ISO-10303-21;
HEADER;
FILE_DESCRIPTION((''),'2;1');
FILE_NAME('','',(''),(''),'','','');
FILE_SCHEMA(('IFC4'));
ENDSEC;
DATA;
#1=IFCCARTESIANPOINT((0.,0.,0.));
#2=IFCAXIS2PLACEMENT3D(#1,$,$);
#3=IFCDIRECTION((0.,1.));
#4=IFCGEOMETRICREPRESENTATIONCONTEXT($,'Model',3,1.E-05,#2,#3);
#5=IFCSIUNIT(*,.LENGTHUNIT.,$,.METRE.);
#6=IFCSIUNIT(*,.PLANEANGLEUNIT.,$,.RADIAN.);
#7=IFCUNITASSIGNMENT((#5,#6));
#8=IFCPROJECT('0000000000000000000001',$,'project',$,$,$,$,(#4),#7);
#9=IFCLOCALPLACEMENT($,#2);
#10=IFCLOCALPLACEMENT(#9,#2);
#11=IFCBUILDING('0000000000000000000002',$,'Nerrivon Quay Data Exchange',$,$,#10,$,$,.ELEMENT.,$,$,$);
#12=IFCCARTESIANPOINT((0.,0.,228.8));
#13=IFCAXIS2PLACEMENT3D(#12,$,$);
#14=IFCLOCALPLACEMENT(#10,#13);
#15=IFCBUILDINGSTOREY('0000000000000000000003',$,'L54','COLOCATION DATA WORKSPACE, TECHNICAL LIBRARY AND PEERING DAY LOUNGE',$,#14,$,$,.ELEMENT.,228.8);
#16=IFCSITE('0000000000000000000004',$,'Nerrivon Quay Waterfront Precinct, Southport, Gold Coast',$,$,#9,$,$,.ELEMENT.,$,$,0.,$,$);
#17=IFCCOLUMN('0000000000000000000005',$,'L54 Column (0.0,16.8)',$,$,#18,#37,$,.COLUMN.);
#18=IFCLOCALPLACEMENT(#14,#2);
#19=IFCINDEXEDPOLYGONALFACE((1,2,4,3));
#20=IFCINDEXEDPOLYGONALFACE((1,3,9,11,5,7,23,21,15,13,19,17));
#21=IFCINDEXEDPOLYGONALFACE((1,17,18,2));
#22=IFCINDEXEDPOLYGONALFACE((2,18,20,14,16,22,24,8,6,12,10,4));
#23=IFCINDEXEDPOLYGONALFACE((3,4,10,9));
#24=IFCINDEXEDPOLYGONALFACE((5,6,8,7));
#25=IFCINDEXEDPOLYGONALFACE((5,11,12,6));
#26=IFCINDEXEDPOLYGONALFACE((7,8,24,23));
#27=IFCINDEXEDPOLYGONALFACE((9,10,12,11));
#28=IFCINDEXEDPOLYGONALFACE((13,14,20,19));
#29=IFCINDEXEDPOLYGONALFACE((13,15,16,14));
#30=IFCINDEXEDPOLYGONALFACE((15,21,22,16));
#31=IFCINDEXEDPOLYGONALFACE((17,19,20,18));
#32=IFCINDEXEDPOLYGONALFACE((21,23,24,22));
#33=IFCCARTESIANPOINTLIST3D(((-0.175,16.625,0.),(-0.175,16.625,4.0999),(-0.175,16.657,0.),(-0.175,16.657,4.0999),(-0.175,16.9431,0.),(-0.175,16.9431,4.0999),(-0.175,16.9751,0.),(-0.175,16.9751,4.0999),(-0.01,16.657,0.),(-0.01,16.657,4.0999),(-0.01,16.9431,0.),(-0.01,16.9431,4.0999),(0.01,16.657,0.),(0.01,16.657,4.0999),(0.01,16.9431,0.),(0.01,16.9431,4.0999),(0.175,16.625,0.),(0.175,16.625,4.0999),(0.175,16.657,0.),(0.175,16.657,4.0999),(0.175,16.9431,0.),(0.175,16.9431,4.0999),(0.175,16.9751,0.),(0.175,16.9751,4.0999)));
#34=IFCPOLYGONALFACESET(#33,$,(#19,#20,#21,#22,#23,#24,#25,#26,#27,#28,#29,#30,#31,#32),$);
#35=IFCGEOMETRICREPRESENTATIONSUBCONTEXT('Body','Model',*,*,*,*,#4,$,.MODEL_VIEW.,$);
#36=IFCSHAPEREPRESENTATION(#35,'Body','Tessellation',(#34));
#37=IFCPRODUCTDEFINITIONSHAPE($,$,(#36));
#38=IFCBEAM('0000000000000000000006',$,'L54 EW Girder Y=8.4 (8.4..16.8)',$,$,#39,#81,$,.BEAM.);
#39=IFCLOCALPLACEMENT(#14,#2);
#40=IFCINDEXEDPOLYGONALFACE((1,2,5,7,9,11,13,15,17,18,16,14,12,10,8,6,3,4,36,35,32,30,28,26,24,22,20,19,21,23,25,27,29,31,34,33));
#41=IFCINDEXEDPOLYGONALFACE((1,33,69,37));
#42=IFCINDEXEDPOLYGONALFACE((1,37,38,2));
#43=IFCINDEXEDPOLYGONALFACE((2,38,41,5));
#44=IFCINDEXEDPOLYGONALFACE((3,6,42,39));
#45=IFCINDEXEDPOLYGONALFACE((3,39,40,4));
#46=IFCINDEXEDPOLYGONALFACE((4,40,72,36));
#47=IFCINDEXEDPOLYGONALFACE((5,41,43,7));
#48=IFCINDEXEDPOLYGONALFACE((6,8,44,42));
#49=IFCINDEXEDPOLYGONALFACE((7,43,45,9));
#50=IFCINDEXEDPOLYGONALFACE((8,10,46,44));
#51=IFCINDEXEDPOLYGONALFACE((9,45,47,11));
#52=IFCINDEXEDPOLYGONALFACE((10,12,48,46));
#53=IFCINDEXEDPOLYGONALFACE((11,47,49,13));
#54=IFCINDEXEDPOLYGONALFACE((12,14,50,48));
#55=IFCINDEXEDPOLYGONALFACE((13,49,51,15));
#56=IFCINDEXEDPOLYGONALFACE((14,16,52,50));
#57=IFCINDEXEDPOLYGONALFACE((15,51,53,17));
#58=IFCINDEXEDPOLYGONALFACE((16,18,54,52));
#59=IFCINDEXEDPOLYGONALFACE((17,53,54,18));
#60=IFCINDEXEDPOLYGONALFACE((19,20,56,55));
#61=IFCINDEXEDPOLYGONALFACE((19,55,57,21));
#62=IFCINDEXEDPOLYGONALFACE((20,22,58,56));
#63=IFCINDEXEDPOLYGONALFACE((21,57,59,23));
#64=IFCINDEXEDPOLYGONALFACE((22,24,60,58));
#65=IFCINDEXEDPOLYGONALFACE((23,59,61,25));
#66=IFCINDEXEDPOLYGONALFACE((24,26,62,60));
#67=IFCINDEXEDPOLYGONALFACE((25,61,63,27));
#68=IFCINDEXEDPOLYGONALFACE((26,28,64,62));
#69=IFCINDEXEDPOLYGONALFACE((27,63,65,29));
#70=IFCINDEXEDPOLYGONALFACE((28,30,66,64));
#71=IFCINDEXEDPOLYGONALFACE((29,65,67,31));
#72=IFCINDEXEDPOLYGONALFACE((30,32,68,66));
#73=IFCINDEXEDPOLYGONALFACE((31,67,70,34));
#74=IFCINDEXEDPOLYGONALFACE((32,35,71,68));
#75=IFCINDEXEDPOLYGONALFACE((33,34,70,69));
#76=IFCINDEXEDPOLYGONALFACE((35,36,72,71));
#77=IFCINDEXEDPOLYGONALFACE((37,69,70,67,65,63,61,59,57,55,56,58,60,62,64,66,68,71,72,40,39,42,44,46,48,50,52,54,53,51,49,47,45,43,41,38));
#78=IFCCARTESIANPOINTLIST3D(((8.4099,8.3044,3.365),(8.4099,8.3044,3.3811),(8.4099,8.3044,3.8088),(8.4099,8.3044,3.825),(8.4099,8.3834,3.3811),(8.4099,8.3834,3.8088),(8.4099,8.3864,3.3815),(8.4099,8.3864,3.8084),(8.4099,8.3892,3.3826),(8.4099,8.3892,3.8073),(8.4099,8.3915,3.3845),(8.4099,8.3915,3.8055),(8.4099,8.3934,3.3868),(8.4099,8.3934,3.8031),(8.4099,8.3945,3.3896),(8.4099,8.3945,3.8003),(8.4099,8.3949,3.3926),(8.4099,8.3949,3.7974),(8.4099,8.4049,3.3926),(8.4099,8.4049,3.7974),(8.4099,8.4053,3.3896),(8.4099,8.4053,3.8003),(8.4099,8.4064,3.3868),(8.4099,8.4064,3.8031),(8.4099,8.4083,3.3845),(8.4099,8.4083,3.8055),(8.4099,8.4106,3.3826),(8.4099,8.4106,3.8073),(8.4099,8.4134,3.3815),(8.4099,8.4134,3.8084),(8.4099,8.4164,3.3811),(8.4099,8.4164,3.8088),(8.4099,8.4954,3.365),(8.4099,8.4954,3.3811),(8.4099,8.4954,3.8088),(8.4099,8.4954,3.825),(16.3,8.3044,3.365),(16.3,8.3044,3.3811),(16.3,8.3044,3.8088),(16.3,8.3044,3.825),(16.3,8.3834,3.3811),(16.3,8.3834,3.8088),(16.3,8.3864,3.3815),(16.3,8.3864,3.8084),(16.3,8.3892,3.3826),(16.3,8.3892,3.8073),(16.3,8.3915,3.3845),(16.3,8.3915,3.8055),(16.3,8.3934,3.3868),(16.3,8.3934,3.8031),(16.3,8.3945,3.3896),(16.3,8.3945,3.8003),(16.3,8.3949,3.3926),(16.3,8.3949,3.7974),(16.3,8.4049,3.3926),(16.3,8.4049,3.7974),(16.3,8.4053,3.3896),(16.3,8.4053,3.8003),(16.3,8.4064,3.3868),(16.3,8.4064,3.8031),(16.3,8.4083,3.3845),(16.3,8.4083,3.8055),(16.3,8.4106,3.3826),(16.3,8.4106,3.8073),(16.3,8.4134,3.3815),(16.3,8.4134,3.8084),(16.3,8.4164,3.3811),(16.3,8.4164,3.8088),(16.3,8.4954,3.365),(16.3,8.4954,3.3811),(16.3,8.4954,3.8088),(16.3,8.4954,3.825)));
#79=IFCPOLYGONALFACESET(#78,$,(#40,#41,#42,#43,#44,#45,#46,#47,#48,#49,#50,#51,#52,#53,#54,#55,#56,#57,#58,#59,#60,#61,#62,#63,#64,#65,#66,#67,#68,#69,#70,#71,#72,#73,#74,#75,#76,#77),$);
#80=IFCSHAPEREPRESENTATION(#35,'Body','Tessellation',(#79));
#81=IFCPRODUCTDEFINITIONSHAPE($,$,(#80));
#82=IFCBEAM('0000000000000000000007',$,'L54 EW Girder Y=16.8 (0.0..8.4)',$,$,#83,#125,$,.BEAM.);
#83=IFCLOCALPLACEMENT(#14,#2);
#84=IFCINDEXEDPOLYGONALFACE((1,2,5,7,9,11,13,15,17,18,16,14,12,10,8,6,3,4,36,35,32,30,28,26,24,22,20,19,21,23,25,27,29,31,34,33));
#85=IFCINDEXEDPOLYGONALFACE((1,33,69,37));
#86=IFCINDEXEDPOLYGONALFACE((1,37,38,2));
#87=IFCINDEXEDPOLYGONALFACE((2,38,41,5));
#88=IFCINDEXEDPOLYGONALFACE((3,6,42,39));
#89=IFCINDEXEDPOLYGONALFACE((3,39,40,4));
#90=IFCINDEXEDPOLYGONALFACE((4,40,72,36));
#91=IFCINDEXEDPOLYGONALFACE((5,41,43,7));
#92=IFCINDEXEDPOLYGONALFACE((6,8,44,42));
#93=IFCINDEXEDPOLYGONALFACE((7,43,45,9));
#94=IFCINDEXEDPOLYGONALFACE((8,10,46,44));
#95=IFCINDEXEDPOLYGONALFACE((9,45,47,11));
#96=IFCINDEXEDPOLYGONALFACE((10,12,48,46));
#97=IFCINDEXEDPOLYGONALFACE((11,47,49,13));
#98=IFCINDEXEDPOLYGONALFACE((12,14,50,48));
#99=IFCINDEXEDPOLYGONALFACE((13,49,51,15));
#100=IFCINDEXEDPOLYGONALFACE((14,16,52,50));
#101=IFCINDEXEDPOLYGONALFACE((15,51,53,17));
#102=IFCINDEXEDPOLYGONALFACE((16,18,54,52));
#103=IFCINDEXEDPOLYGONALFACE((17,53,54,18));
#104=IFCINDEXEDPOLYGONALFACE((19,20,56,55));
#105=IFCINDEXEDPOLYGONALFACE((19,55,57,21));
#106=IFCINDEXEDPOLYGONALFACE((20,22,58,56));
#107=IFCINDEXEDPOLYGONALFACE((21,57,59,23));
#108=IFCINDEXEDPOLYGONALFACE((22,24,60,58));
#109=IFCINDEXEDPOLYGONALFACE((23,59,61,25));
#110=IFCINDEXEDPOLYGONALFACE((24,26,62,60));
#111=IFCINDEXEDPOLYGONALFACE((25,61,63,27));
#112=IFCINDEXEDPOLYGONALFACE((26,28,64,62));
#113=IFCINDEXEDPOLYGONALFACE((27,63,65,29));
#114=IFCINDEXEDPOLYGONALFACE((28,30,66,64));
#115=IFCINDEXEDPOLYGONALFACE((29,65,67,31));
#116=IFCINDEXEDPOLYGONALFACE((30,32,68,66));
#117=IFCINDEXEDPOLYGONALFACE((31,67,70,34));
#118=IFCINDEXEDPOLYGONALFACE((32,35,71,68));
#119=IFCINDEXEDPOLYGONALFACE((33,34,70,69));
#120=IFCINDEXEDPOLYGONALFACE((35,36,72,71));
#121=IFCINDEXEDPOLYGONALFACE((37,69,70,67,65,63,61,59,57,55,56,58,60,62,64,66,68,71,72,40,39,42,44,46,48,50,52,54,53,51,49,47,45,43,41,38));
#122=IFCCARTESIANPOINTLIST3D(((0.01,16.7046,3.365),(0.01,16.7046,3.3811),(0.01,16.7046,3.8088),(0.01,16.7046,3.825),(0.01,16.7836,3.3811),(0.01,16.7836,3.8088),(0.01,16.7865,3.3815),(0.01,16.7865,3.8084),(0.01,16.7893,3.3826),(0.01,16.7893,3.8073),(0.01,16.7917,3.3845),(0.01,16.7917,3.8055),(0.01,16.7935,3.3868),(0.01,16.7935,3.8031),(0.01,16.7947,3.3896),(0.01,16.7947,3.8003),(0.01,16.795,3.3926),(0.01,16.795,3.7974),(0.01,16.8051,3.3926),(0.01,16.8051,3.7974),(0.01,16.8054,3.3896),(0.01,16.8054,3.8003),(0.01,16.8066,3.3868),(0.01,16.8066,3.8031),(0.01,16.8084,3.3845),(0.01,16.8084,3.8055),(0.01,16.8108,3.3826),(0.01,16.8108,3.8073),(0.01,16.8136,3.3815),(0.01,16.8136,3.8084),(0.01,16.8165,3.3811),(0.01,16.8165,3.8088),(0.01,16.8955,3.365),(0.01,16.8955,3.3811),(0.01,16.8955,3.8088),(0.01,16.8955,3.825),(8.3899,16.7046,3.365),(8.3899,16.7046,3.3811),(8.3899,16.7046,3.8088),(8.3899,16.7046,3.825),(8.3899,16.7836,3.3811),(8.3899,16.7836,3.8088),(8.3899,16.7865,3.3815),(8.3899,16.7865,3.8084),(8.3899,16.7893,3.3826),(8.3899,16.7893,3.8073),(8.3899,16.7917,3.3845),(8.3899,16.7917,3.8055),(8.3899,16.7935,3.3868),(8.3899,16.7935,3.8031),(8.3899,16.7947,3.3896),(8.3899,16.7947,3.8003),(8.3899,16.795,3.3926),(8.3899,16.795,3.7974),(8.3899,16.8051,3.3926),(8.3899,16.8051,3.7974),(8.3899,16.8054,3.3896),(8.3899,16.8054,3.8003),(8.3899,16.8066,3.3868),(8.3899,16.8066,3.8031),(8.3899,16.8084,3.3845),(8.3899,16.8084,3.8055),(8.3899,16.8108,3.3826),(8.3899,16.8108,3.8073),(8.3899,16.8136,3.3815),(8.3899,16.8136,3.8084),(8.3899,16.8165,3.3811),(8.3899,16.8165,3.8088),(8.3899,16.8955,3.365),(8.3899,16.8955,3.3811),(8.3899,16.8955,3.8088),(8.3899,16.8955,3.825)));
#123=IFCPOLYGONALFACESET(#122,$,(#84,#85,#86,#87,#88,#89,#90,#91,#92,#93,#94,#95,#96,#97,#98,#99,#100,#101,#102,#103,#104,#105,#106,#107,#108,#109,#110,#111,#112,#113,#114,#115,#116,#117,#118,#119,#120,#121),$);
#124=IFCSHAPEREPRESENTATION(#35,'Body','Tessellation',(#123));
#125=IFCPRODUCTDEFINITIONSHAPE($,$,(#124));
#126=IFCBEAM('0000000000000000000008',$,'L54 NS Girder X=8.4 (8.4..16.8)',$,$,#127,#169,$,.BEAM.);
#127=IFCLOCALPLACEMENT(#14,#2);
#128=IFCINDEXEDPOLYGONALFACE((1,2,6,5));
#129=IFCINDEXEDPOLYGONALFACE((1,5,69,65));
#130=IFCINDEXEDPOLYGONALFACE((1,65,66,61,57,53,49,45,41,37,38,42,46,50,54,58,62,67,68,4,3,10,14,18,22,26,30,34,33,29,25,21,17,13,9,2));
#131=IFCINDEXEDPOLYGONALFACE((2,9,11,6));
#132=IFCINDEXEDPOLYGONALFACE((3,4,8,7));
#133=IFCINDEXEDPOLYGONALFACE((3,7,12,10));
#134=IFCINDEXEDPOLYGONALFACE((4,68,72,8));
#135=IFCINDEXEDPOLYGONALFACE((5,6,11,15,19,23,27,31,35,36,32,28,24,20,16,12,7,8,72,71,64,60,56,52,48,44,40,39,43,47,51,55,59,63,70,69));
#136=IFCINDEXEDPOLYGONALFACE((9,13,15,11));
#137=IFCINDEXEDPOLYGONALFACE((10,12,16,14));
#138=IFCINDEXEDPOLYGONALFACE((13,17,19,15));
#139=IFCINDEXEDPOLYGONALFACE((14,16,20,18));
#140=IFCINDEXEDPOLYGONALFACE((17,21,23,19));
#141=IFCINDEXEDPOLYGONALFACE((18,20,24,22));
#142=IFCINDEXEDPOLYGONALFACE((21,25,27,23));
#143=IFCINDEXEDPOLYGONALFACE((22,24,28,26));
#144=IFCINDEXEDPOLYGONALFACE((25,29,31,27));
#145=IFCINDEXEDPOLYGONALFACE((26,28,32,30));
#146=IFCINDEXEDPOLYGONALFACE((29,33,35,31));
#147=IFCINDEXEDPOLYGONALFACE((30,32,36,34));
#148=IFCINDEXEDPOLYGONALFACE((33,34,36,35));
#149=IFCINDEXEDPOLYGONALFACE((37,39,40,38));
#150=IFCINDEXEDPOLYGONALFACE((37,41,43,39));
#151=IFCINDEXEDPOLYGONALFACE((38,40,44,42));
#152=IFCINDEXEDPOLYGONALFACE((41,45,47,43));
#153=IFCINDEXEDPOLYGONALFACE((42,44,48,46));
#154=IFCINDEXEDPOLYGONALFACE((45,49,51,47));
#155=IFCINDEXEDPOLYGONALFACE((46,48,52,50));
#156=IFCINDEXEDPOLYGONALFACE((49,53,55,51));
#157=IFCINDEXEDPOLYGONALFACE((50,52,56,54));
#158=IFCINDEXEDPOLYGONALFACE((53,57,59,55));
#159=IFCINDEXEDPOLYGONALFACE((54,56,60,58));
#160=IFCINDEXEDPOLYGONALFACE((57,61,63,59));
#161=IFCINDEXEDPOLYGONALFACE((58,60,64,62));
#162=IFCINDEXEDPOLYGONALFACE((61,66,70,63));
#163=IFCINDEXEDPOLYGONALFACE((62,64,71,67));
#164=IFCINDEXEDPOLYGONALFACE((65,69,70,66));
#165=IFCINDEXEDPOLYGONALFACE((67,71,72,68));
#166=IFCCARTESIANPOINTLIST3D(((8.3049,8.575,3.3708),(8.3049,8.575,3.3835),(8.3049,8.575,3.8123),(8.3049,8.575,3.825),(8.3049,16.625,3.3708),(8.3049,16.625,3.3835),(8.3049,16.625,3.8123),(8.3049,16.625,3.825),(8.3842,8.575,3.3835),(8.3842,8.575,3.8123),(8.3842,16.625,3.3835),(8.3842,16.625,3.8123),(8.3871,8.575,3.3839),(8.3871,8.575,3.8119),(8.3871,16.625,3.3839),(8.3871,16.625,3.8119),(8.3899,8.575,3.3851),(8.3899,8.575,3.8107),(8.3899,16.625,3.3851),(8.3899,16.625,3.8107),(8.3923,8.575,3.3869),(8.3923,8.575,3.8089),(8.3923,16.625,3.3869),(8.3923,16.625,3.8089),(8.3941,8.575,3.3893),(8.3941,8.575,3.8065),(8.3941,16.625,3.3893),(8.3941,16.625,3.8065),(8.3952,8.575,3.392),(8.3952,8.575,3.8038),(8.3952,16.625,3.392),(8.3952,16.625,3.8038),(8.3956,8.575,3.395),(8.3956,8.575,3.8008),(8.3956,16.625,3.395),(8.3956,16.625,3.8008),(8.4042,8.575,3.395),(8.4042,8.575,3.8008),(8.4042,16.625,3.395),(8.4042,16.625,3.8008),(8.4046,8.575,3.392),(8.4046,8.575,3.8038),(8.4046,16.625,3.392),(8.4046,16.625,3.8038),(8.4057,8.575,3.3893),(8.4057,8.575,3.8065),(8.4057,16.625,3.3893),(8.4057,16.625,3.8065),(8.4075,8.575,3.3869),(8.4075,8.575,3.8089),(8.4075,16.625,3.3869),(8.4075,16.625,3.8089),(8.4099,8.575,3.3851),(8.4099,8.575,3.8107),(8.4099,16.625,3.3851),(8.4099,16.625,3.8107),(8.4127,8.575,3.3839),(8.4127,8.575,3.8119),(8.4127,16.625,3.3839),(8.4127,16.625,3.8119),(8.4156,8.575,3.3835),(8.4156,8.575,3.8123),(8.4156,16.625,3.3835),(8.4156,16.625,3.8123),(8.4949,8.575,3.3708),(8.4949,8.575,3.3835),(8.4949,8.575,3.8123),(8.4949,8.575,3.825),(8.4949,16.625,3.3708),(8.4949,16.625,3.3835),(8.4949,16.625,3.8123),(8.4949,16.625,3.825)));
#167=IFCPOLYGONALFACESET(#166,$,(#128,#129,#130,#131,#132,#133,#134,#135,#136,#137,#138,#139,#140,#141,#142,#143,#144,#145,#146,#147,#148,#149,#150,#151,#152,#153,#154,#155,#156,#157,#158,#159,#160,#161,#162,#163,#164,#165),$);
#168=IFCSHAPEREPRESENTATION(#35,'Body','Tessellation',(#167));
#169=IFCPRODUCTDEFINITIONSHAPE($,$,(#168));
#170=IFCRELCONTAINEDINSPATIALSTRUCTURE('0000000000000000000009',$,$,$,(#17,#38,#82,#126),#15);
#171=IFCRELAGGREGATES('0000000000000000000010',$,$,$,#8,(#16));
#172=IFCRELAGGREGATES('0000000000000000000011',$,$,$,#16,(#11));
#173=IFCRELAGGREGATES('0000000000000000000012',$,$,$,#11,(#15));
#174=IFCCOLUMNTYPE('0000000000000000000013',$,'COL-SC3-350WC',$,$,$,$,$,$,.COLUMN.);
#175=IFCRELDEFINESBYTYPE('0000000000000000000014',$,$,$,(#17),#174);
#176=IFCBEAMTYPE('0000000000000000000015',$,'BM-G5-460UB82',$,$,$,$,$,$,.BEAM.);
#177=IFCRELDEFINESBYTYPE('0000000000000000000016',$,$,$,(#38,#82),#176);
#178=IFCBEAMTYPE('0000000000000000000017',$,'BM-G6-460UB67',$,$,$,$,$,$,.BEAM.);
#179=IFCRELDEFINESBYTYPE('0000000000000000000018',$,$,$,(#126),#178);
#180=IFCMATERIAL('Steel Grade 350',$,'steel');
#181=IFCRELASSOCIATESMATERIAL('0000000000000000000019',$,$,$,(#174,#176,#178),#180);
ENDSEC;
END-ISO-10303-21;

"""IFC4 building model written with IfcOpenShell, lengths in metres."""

from ifc_helpers import new_model, si_unit, direction, frame, origin, origin_2d, place, context, subcontext, project, spatial, i_section, extrude, material, material_profile, profile_set, type_object, element, save


model = new_model("IFC4")

# Units and contexts
model_context = context("Model", 3, precision=1e-05, world=origin(), true_north=direction((0.0, 1.0)))
body_context = subcontext(model_context, "Body", "Model", "MODEL_VIEW")
ifc_project = project(units=[si_unit("LENGTHUNIT", "METRE"), si_unit("PLANEANGLEUNIT", "RADIAN")], contexts=[model_context])

# Site, building, storey
site_placement = place(None, origin())
site = spatial("IfcSite", under=ifc_project, at=site_placement, Name="Nerrivon Quay Waterfront Precinct, Southport, Gold Coast", CompositionType="ELEMENT", RefElevation=0.0)
building_placement = place(site_placement, origin())
building = spatial("IfcBuilding", under=site, at=building_placement, Name="Nerrivon Quay Data Exchange", CompositionType="ELEMENT")
storey_placement = place(building_placement, frame((0.0, 0.0, 228.8)))
storey = spatial("IfcBuildingStorey", under=building, at=storey_placement, Name="L54", Description="COLOCATION DATA WORKSPACE, TECHNICAL LIBRARY AND PEERING DAY LOUNGE", CompositionType="ELEMENT", Elevation=228.8)

# Column
ifc_material_1 = material(Name="Steel Grade 350", Category="steel")
ifc_material_profile_1 = material_profile(ifc_material_1, i_section(OverallWidth=0.3501, OverallDepth=0.3501, WebThickness=0.02, FlangeThickness=0.032, at=origin_2d()), Name="350WC230")
ifc_profile_set_1 = profile_set([ifc_material_profile_1], Name="Steel Grade 350")
column_type = type_object("IfcColumnType", Name="COL-SC3-350WC", PredefinedType="COLUMN", material=ifc_profile_set_1)
column_placement = place(storey_placement, frame((0.0, 16.8, 0.0), z_axis=(0.0, 0.0, 1.0), x_axis=(1.0, 0.0, 0.0)))
element("IfcColumn", 1, at=column_placement, inside=storey, type_object=column_type, Name="L54 Column (0.0,16.8)", PredefinedType="COLUMN", context=body_context, shape_type="SweptSolid", body=[
    extrude(i_section(OverallWidth=0.3501, OverallDepth=0.3501, WebThickness=0.02, FlangeThickness=0.032, at=origin_2d()), origin(), (0.0, 0.0, 1.0), 4.0999),
])

# Beams
ifc_material_profile_2 = material_profile(ifc_material_1, i_section(OverallWidth=0.1909, OverallDepth=0.46, WebThickness=0.01, FlangeThickness=0.0161, FilletRadius=0.0115, at=origin_2d()), Name="460UB82.1")
ifc_profile_set_2 = profile_set([ifc_material_profile_2], Name="Steel Grade 350")
beam_type_1 = type_object("IfcBeamType", Name="BM-G5-460UB82", PredefinedType="BEAM", material=ifc_profile_set_2)
beam_1_placement = place(storey_placement, frame((8.4099, 8.3999, 3.595), z_axis=(1.0, 0.0, 0.0), x_axis=(0.0, 1.0, 0.0)))
element("IfcBeam", 2, at=beam_1_placement, inside=storey, type_object=beam_type_1, Name="L54 EW Girder Y=8.4 (8.4..16.8)", PredefinedType="BEAM", context=body_context, shape_type="SweptSolid", body=[
    extrude(i_section(OverallWidth=0.1909, OverallDepth=0.46, WebThickness=0.01, FlangeThickness=0.0161, FilletRadius=0.0115, at=origin_2d()), origin(), (0.0, 0.0, 1.0), 7.8901),
])
beam_2_placement = place(storey_placement, frame((0.01, 16.8, 3.595), z_axis=(1.0, 0.0, 0.0), x_axis=(0.0, 1.0, 0.0)))
element("IfcBeam", 3, at=beam_2_placement, inside=storey, type_object=beam_type_1, Name="L54 EW Girder Y=16.8 (0.0..8.4)", PredefinedType="BEAM", context=body_context, shape_type="SweptSolid", body=[
    extrude(i_section(OverallWidth=0.1909, OverallDepth=0.46, WebThickness=0.01, FlangeThickness=0.0161, FilletRadius=0.0115, at=origin_2d()), origin(), (0.0, 0.0, 1.0), 8.3799),
])
ifc_material_profile_3 = material_profile(ifc_material_1, i_section(OverallWidth=0.1899, OverallDepth=0.4541, WebThickness=0.0085, FlangeThickness=0.0127, FilletRadius=0.0115, at=origin_2d()), Name="460UB67.1")
ifc_profile_set_3 = profile_set([ifc_material_profile_3], Name="Steel Grade 350")
beam_type_2 = type_object("IfcBeamType", Name="BM-G6-460UB67", PredefinedType="BEAM", material=ifc_profile_set_3)
beam_3_placement = place(storey_placement, frame((8.3999, 8.575, 3.5979), z_axis=(0.0, 1.0, 0.0), x_axis=(-1.0, 0.0, 0.0)))
element("IfcBeam", 4, at=beam_3_placement, inside=storey, type_object=beam_type_2, Name="L54 NS Girder X=8.4 (8.4..16.8)", PredefinedType="BEAM", context=body_context, shape_type="SweptSolid", body=[
    extrude(i_section(OverallWidth=0.1899, OverallDepth=0.4541, WebThickness=0.0085, FlangeThickness=0.0127, FilletRadius=0.0115, at=origin_2d()), origin(), (0.0, 0.0, 1.0), 8.05),
])

save(model, "model.ifc")
